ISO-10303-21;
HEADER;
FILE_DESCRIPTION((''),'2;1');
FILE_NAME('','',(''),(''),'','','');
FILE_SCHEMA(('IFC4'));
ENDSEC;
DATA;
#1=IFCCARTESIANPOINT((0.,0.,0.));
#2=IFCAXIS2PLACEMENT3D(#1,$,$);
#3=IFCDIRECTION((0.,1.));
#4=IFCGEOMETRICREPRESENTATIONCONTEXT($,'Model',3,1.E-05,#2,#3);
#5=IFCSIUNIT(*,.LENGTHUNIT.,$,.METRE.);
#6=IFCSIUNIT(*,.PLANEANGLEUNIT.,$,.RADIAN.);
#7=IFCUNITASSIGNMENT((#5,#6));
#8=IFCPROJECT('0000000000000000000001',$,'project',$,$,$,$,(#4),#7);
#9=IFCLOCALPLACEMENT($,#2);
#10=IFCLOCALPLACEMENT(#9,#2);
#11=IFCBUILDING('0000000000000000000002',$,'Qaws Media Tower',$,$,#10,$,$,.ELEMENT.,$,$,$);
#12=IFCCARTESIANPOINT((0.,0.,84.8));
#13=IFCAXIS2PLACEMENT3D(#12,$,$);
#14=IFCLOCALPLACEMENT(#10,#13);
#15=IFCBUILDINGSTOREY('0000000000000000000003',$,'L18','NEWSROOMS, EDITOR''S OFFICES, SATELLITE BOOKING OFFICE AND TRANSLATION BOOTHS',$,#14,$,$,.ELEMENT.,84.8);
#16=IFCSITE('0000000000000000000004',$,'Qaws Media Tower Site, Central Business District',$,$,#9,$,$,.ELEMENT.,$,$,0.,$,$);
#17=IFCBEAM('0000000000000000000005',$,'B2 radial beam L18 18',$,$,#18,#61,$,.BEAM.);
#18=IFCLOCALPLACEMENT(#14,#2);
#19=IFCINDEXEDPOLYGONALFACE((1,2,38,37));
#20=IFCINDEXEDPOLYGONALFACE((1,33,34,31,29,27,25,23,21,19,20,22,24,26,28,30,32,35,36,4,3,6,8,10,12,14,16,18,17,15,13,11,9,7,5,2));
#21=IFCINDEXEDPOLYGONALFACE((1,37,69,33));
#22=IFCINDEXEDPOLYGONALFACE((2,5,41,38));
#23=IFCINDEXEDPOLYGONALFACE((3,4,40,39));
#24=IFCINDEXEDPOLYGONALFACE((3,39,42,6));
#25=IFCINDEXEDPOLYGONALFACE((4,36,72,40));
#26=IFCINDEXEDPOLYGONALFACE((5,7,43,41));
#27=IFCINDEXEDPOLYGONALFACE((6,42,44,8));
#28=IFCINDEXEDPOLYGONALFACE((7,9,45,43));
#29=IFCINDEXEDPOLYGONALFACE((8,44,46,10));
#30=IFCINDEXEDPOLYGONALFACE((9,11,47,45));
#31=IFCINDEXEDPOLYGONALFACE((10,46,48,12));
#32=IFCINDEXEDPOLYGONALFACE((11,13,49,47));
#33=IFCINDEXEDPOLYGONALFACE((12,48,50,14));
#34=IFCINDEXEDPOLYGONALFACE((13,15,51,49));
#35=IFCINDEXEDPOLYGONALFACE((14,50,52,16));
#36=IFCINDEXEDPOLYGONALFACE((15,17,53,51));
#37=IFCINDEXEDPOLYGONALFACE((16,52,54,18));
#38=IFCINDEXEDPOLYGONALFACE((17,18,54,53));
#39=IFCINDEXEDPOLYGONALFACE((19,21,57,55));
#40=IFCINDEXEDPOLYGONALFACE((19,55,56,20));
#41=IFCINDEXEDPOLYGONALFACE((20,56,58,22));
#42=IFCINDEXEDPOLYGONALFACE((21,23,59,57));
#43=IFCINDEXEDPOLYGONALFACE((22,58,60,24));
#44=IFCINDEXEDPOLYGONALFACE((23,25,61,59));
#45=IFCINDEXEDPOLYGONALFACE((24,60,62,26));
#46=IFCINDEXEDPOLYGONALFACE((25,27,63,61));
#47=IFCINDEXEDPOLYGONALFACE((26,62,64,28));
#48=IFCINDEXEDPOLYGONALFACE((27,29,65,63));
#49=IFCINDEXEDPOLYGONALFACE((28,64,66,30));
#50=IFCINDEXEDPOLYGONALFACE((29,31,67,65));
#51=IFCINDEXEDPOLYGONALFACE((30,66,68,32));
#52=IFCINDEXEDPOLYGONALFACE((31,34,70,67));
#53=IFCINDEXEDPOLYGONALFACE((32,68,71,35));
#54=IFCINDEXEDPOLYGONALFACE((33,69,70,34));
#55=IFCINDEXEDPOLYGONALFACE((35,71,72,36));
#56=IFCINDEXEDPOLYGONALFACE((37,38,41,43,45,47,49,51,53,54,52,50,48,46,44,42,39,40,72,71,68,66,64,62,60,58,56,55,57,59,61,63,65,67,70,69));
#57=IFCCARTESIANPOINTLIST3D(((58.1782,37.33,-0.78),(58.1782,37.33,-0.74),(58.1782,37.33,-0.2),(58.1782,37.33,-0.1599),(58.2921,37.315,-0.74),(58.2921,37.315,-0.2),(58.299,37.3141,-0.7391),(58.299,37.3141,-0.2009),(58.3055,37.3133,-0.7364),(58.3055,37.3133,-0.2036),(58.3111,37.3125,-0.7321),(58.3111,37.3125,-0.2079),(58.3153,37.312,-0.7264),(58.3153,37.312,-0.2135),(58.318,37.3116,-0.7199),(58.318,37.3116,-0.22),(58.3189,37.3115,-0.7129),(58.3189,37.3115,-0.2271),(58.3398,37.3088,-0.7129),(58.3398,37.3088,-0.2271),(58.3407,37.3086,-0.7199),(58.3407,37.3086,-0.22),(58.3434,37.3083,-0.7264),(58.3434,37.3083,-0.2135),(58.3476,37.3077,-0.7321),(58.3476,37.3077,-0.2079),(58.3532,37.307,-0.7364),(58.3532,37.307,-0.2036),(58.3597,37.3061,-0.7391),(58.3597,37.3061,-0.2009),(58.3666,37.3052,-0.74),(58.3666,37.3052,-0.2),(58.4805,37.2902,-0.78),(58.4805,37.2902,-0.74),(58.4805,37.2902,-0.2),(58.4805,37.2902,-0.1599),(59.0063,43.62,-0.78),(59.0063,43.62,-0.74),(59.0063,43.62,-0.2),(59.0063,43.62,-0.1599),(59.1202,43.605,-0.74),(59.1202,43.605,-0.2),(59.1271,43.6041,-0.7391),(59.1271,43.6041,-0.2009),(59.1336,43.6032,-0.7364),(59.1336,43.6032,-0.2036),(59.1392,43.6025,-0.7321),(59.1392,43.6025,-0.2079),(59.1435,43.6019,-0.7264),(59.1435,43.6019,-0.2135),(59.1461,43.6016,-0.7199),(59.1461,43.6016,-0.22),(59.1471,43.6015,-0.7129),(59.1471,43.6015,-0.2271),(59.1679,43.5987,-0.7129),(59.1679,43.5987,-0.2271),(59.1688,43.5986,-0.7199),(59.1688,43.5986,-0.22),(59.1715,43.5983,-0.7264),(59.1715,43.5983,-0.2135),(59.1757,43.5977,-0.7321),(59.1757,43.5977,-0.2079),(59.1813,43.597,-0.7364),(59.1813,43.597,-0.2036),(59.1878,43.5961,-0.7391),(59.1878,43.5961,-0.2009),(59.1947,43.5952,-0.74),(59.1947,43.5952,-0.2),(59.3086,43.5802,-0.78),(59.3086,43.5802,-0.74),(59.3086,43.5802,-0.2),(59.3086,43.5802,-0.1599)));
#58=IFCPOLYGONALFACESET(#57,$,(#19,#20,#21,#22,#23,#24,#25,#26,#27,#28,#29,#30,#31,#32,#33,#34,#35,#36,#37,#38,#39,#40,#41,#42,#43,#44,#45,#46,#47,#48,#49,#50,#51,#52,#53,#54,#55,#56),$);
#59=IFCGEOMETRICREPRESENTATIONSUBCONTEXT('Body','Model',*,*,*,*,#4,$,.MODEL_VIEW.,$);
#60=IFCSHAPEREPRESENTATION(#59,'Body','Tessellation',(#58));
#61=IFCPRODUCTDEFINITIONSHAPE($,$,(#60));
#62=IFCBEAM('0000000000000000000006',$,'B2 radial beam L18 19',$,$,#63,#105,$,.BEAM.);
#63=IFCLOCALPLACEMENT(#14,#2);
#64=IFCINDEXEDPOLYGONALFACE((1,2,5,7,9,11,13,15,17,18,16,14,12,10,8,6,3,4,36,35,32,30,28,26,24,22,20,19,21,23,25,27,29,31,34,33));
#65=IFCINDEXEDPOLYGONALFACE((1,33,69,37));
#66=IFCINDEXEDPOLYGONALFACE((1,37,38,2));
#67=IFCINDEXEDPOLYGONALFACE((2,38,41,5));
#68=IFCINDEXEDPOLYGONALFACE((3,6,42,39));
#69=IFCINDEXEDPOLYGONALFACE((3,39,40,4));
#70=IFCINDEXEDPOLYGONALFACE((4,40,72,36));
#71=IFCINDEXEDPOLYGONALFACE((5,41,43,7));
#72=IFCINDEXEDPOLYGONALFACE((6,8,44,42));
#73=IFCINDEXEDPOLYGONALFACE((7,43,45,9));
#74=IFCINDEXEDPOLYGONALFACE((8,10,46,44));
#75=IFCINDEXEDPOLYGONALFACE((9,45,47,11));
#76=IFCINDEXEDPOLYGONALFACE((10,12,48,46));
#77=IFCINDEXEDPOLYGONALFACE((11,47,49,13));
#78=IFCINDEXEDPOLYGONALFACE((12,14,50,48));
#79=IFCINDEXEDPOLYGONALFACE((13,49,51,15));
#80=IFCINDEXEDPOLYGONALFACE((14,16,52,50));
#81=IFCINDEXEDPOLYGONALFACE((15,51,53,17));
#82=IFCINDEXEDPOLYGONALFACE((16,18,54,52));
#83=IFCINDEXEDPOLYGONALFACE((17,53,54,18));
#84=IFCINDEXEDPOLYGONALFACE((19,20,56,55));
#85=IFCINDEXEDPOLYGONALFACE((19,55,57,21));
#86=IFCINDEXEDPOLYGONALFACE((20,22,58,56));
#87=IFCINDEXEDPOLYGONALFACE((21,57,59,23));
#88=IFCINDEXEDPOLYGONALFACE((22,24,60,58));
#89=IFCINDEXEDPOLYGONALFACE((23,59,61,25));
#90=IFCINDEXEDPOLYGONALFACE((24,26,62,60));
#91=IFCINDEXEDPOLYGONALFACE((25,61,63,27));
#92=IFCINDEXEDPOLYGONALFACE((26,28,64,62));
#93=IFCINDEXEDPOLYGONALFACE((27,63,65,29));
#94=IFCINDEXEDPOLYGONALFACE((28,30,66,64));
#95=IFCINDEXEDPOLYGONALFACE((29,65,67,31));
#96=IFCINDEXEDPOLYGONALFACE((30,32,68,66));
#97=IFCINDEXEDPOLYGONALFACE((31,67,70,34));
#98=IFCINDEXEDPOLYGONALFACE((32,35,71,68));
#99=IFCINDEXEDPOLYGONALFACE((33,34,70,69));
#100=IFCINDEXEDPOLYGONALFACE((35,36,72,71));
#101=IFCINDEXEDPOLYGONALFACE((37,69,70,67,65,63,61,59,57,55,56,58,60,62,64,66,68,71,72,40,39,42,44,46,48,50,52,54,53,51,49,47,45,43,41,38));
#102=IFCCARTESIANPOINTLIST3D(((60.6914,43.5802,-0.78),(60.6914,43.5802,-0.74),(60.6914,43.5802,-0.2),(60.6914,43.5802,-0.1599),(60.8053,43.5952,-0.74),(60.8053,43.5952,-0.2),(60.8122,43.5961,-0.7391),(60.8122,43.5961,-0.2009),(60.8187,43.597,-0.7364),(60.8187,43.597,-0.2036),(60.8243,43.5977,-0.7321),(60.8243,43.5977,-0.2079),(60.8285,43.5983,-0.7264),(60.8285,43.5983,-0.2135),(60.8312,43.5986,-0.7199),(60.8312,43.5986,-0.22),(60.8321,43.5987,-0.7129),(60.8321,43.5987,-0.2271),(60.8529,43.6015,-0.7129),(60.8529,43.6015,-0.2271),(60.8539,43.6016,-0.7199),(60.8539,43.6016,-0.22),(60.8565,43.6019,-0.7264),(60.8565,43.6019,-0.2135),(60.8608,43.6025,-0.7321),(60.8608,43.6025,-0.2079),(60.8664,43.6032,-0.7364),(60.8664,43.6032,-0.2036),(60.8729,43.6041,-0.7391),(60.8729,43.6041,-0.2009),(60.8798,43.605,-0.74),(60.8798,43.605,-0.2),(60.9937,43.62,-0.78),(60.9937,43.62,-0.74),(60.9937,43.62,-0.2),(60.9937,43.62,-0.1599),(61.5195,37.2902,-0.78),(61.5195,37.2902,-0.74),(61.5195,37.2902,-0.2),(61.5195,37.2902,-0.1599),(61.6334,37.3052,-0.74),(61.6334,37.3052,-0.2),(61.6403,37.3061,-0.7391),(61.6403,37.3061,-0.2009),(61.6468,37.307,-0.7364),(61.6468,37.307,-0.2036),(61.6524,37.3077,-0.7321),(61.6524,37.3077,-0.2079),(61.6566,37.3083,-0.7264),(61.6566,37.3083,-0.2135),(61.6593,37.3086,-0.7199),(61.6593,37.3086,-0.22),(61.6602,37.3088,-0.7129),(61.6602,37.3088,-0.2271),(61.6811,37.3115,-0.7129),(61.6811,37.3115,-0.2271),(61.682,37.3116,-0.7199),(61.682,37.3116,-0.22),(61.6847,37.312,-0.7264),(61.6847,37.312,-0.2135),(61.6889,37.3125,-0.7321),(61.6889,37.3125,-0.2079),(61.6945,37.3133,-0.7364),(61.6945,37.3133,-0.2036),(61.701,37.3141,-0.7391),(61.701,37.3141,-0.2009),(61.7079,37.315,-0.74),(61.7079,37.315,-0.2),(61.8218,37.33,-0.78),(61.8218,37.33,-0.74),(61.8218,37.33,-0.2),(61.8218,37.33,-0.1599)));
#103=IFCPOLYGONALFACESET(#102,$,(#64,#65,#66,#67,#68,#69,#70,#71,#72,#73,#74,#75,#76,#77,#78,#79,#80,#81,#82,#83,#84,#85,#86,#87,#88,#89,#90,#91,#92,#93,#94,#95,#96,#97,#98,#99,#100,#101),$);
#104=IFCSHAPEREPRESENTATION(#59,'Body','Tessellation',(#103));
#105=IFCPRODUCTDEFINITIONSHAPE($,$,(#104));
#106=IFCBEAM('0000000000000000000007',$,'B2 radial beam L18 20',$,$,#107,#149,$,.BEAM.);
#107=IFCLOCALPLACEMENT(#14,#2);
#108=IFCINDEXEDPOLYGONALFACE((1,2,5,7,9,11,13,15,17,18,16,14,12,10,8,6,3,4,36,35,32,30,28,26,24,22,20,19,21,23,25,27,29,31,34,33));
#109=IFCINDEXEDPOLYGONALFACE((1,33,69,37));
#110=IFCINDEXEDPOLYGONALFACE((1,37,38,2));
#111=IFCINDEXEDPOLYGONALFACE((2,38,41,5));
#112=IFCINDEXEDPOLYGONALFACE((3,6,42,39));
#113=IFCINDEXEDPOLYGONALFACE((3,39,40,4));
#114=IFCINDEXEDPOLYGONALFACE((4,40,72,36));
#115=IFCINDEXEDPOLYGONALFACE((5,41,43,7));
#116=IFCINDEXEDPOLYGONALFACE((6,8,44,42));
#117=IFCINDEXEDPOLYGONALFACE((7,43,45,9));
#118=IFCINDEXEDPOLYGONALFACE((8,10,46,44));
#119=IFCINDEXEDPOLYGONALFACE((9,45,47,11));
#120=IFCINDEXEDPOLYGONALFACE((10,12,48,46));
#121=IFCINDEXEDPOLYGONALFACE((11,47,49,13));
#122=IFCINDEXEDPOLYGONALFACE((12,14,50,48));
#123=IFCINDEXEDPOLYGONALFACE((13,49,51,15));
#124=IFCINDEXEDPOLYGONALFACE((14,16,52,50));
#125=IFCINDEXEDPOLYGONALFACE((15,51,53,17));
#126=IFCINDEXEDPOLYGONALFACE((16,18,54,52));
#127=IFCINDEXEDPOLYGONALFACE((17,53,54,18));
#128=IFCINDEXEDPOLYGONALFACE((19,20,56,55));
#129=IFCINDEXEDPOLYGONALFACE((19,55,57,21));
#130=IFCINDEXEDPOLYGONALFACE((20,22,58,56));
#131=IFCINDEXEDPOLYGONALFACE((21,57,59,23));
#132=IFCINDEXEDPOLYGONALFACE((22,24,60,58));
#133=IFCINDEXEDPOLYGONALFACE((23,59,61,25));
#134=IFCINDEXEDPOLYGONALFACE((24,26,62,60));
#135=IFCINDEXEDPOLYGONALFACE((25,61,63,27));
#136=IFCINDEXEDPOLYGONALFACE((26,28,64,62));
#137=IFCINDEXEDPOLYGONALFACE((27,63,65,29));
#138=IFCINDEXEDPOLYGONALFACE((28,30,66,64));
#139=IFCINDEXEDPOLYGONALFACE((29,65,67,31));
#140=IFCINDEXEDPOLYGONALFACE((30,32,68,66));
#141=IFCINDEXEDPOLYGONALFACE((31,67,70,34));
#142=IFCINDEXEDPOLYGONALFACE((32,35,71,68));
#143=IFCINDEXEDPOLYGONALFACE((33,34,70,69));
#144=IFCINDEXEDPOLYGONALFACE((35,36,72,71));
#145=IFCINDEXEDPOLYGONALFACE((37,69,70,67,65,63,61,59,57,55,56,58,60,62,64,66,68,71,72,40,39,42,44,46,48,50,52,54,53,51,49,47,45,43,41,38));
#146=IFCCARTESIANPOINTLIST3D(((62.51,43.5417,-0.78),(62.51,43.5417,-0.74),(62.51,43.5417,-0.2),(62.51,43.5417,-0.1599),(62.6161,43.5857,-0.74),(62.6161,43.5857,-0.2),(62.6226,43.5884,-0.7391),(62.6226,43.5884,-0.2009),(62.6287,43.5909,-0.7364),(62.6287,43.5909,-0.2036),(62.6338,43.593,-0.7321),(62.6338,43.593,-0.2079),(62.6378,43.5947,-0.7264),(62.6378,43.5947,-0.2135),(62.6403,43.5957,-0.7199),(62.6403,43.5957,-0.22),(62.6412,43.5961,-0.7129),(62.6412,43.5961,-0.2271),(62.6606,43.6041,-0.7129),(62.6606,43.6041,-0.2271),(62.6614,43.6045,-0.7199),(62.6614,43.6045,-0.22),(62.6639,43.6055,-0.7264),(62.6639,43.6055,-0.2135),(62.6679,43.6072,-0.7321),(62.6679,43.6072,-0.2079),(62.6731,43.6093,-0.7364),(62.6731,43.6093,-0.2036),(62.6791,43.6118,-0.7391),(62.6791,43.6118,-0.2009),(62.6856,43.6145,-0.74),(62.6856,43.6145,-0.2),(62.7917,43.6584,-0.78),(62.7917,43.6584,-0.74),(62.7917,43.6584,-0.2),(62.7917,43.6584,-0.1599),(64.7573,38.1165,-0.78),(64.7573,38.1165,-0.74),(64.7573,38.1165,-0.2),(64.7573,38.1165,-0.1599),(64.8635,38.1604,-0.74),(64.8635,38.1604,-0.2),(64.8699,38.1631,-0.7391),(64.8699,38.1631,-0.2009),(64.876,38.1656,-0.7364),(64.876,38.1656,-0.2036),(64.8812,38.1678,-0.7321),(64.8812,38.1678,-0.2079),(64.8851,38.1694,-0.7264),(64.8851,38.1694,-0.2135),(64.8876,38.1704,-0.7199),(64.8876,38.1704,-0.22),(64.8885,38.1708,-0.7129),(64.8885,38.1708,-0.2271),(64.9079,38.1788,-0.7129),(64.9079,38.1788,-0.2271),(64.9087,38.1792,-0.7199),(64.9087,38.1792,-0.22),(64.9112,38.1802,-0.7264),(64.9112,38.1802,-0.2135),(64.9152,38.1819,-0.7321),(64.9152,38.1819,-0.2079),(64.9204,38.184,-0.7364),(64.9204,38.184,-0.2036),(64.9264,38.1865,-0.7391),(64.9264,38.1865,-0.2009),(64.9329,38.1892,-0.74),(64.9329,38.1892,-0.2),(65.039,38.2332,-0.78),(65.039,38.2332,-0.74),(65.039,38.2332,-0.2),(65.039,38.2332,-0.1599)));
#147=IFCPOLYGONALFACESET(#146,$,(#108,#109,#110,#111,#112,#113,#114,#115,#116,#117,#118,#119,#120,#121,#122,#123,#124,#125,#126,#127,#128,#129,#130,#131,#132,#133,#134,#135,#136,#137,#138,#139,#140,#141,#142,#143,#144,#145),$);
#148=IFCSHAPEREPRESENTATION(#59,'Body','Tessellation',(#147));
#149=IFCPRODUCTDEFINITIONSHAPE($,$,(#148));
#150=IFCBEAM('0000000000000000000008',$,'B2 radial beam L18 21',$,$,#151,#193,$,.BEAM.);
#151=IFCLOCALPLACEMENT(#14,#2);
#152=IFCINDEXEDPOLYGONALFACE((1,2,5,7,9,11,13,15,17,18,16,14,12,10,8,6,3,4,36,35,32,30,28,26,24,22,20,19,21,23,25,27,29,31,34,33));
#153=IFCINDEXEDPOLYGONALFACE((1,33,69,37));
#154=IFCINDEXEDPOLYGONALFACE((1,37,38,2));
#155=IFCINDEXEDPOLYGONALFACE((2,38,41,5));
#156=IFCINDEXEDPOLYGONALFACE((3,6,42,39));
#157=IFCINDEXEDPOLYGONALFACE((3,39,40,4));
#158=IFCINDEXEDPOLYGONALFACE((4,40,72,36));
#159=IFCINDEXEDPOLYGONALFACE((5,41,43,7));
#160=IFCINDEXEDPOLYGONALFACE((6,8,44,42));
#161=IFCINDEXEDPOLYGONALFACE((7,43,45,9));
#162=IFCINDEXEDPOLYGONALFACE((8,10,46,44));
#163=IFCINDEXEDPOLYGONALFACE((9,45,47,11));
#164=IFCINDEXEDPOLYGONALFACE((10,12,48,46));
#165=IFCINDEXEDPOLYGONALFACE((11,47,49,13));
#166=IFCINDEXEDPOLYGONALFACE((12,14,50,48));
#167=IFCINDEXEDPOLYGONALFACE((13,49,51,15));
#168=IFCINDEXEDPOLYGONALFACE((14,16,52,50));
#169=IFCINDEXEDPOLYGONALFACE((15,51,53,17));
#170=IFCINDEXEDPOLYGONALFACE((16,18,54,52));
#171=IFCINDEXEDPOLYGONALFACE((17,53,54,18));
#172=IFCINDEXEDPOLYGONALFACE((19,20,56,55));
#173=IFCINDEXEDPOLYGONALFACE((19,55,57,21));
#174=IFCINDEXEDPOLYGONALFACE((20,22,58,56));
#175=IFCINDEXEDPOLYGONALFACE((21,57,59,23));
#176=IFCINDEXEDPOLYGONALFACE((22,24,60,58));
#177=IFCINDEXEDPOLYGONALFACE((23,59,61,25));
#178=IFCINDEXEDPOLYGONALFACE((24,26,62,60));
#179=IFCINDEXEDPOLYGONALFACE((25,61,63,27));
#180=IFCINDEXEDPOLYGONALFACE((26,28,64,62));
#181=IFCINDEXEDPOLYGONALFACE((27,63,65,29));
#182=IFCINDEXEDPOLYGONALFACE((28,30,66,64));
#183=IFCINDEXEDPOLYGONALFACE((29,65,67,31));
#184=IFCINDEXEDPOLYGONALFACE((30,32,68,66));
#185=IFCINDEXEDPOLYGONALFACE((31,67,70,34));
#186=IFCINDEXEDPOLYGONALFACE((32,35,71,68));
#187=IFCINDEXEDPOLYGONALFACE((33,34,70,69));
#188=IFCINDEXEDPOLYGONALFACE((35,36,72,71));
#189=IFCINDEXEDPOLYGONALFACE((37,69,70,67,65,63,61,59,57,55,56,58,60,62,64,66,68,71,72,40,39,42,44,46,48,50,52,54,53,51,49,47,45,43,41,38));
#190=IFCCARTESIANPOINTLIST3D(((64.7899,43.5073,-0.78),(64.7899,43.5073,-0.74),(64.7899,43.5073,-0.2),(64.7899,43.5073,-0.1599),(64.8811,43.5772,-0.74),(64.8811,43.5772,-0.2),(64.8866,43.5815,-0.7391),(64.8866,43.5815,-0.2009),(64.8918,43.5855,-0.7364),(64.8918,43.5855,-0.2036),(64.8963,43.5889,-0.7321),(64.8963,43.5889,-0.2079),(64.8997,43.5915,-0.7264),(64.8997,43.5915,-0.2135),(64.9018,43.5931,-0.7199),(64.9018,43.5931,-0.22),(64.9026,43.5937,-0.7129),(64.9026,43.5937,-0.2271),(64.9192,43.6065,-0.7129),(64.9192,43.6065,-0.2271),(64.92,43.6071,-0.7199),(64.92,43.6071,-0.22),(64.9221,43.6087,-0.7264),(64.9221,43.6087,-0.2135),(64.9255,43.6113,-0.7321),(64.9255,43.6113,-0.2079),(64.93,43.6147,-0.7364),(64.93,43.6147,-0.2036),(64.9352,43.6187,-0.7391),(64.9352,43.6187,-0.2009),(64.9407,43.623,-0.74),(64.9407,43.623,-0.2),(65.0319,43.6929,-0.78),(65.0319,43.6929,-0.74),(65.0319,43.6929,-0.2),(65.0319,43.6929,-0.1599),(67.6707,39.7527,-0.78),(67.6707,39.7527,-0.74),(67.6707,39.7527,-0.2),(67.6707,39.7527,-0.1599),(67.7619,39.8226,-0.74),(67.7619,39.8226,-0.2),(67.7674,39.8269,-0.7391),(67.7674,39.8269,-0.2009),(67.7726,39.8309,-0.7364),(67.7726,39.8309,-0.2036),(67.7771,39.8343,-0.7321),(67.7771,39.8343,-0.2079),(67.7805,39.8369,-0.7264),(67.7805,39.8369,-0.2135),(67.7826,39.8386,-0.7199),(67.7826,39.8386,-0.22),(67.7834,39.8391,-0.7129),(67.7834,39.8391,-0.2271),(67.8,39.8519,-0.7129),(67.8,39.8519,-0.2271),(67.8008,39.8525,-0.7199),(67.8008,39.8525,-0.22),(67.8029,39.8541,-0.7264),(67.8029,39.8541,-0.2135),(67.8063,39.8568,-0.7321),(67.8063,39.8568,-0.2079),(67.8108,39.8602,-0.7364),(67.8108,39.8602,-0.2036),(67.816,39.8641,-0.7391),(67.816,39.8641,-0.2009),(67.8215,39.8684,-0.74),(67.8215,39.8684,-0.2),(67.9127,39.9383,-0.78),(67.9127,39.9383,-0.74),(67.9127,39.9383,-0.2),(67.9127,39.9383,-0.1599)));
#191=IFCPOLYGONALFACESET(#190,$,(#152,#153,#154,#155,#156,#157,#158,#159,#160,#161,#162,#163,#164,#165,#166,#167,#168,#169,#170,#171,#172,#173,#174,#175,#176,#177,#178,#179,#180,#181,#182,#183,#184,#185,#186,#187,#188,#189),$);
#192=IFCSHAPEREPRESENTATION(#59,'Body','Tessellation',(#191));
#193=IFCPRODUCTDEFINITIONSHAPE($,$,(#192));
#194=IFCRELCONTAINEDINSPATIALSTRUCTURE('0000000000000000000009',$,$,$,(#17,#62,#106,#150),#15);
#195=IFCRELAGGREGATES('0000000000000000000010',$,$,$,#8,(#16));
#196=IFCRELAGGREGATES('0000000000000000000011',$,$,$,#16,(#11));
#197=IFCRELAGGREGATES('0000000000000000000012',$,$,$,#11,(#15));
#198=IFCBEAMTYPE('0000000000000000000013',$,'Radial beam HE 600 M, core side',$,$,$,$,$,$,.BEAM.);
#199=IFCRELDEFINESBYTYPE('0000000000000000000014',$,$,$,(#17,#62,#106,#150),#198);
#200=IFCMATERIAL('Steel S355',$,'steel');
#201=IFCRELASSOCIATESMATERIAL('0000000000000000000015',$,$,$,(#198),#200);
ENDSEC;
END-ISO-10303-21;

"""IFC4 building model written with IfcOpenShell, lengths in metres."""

from ifc_helpers import new_model, si_unit, direction, frame, origin, origin_2d, place, context, subcontext, project, spatial, i_section, extrude, material, material_profile, profile_set, type_object, element, save


model = new_model("IFC4")

# Units and contexts
model_context = context("Model", 3, precision=1e-05, world=origin(), true_north=direction((0.0, 1.0)))
body_context = subcontext(model_context, "Body", "Model", "MODEL_VIEW")
ifc_project = project(units=[si_unit("LENGTHUNIT", "METRE"), si_unit("PLANEANGLEUNIT", "RADIAN")], contexts=[model_context])

# Site, building, storey
site_placement = place(None, origin())
site = spatial("IfcSite", under=ifc_project, at=site_placement, Name="Qaws Media Tower Site, Central Business District", CompositionType="ELEMENT", RefElevation=0.0)
building_placement = place(site_placement, origin())
building = spatial("IfcBuilding", under=site, at=building_placement, Name="Qaws Media Tower", CompositionType="ELEMENT")
storey_placement = place(building_placement, frame((0.0, 0.0, 84.8)))
storey = spatial("IfcBuildingStorey", under=building, at=storey_placement, Name="L18", Description="NEWSROOMS, EDITOR'S OFFICES, SATELLITE BOOKING OFFICE AND TRANSLATION BOOTHS", CompositionType="ELEMENT", Elevation=84.8)

# Beams
ifc_material_1 = material(Name="Steel S355", Category="steel")
ifc_material_profile_1 = material_profile(ifc_material_1, i_section(OverallWidth=0.3049, OverallDepth=0.6201, WebThickness=0.021, FlangeThickness=0.04, FilletRadius=0.0271, at=origin_2d()), Name="HE 600 M")
ifc_profile_set_1 = profile_set([ifc_material_profile_1], Name="Steel S355")
beam_type_1 = type_object("IfcBeamType", Name="Radial beam HE 600 M, core side", PredefinedType="BEAM", material=ifc_profile_set_1)
for number, where, z_axis, x_axis, name in (
    (1, (59.1575, 43.6001, -0.47), (-0.13053, -0.991444, 0.0), (0.991444, -0.13053, 0.0), "B2 radial beam L18 18"),
    (2, (60.8425, 43.6001, -0.47), (0.13053, -0.991444, 0.0), (0.991444, 0.13053, 0.0), "B2 radial beam L18 19"),
):
    element("IfcBeam", number, at=place(storey_placement, frame(where, z_axis=z_axis, x_axis=x_axis)), inside=storey, type_object=beam_type_1, Name=name, PredefinedType="BEAM", context=body_context, shape_type="SweptSolid", body=[
        extrude(i_section(OverallWidth=0.3049, OverallDepth=0.6201, WebThickness=0.021, FlangeThickness=0.04, FilletRadius=0.0271, at=origin_2d()), origin(), (0.0, 0.0, 1.0), 6.3442),
    ])
beam_1_placement = place(storey_placement, frame((62.6509, 43.6001, -0.47), z_axis=(0.382696, -0.923874, 0.0), x_axis=(0.923874, 0.382696, 0.0)))
element("IfcBeam", 3, at=beam_1_placement, inside=storey, type_object=beam_type_1, Name="B2 radial beam L18 20", PredefinedType="BEAM", context=body_context, shape_type="SweptSolid", body=[
    extrude(i_section(OverallWidth=0.3049, OverallDepth=0.6201, WebThickness=0.021, FlangeThickness=0.04, FilletRadius=0.0271, at=origin_2d()), origin(), (0.0, 0.0, 1.0), 5.8723),
])
beam_2_placement = place(storey_placement, frame((64.9109, 43.6001, -0.47), z_axis=(0.608738, -0.793371, 0.0), x_axis=(0.793371, 0.608738, 0.0)))
element("IfcBeam", 4, at=beam_2_placement, inside=storey, type_object=beam_type_1, Name="B2 radial beam L18 21", PredefinedType="BEAM", context=body_context, shape_type="SweptSolid", body=[
    extrude(i_section(OverallWidth=0.3049, OverallDepth=0.6201, WebThickness=0.021, FlangeThickness=0.04, FilletRadius=0.0271, at=origin_2d()), origin(), (0.0, 0.0, 1.0), 4.7324),
])

save(model, "model.ifc")
